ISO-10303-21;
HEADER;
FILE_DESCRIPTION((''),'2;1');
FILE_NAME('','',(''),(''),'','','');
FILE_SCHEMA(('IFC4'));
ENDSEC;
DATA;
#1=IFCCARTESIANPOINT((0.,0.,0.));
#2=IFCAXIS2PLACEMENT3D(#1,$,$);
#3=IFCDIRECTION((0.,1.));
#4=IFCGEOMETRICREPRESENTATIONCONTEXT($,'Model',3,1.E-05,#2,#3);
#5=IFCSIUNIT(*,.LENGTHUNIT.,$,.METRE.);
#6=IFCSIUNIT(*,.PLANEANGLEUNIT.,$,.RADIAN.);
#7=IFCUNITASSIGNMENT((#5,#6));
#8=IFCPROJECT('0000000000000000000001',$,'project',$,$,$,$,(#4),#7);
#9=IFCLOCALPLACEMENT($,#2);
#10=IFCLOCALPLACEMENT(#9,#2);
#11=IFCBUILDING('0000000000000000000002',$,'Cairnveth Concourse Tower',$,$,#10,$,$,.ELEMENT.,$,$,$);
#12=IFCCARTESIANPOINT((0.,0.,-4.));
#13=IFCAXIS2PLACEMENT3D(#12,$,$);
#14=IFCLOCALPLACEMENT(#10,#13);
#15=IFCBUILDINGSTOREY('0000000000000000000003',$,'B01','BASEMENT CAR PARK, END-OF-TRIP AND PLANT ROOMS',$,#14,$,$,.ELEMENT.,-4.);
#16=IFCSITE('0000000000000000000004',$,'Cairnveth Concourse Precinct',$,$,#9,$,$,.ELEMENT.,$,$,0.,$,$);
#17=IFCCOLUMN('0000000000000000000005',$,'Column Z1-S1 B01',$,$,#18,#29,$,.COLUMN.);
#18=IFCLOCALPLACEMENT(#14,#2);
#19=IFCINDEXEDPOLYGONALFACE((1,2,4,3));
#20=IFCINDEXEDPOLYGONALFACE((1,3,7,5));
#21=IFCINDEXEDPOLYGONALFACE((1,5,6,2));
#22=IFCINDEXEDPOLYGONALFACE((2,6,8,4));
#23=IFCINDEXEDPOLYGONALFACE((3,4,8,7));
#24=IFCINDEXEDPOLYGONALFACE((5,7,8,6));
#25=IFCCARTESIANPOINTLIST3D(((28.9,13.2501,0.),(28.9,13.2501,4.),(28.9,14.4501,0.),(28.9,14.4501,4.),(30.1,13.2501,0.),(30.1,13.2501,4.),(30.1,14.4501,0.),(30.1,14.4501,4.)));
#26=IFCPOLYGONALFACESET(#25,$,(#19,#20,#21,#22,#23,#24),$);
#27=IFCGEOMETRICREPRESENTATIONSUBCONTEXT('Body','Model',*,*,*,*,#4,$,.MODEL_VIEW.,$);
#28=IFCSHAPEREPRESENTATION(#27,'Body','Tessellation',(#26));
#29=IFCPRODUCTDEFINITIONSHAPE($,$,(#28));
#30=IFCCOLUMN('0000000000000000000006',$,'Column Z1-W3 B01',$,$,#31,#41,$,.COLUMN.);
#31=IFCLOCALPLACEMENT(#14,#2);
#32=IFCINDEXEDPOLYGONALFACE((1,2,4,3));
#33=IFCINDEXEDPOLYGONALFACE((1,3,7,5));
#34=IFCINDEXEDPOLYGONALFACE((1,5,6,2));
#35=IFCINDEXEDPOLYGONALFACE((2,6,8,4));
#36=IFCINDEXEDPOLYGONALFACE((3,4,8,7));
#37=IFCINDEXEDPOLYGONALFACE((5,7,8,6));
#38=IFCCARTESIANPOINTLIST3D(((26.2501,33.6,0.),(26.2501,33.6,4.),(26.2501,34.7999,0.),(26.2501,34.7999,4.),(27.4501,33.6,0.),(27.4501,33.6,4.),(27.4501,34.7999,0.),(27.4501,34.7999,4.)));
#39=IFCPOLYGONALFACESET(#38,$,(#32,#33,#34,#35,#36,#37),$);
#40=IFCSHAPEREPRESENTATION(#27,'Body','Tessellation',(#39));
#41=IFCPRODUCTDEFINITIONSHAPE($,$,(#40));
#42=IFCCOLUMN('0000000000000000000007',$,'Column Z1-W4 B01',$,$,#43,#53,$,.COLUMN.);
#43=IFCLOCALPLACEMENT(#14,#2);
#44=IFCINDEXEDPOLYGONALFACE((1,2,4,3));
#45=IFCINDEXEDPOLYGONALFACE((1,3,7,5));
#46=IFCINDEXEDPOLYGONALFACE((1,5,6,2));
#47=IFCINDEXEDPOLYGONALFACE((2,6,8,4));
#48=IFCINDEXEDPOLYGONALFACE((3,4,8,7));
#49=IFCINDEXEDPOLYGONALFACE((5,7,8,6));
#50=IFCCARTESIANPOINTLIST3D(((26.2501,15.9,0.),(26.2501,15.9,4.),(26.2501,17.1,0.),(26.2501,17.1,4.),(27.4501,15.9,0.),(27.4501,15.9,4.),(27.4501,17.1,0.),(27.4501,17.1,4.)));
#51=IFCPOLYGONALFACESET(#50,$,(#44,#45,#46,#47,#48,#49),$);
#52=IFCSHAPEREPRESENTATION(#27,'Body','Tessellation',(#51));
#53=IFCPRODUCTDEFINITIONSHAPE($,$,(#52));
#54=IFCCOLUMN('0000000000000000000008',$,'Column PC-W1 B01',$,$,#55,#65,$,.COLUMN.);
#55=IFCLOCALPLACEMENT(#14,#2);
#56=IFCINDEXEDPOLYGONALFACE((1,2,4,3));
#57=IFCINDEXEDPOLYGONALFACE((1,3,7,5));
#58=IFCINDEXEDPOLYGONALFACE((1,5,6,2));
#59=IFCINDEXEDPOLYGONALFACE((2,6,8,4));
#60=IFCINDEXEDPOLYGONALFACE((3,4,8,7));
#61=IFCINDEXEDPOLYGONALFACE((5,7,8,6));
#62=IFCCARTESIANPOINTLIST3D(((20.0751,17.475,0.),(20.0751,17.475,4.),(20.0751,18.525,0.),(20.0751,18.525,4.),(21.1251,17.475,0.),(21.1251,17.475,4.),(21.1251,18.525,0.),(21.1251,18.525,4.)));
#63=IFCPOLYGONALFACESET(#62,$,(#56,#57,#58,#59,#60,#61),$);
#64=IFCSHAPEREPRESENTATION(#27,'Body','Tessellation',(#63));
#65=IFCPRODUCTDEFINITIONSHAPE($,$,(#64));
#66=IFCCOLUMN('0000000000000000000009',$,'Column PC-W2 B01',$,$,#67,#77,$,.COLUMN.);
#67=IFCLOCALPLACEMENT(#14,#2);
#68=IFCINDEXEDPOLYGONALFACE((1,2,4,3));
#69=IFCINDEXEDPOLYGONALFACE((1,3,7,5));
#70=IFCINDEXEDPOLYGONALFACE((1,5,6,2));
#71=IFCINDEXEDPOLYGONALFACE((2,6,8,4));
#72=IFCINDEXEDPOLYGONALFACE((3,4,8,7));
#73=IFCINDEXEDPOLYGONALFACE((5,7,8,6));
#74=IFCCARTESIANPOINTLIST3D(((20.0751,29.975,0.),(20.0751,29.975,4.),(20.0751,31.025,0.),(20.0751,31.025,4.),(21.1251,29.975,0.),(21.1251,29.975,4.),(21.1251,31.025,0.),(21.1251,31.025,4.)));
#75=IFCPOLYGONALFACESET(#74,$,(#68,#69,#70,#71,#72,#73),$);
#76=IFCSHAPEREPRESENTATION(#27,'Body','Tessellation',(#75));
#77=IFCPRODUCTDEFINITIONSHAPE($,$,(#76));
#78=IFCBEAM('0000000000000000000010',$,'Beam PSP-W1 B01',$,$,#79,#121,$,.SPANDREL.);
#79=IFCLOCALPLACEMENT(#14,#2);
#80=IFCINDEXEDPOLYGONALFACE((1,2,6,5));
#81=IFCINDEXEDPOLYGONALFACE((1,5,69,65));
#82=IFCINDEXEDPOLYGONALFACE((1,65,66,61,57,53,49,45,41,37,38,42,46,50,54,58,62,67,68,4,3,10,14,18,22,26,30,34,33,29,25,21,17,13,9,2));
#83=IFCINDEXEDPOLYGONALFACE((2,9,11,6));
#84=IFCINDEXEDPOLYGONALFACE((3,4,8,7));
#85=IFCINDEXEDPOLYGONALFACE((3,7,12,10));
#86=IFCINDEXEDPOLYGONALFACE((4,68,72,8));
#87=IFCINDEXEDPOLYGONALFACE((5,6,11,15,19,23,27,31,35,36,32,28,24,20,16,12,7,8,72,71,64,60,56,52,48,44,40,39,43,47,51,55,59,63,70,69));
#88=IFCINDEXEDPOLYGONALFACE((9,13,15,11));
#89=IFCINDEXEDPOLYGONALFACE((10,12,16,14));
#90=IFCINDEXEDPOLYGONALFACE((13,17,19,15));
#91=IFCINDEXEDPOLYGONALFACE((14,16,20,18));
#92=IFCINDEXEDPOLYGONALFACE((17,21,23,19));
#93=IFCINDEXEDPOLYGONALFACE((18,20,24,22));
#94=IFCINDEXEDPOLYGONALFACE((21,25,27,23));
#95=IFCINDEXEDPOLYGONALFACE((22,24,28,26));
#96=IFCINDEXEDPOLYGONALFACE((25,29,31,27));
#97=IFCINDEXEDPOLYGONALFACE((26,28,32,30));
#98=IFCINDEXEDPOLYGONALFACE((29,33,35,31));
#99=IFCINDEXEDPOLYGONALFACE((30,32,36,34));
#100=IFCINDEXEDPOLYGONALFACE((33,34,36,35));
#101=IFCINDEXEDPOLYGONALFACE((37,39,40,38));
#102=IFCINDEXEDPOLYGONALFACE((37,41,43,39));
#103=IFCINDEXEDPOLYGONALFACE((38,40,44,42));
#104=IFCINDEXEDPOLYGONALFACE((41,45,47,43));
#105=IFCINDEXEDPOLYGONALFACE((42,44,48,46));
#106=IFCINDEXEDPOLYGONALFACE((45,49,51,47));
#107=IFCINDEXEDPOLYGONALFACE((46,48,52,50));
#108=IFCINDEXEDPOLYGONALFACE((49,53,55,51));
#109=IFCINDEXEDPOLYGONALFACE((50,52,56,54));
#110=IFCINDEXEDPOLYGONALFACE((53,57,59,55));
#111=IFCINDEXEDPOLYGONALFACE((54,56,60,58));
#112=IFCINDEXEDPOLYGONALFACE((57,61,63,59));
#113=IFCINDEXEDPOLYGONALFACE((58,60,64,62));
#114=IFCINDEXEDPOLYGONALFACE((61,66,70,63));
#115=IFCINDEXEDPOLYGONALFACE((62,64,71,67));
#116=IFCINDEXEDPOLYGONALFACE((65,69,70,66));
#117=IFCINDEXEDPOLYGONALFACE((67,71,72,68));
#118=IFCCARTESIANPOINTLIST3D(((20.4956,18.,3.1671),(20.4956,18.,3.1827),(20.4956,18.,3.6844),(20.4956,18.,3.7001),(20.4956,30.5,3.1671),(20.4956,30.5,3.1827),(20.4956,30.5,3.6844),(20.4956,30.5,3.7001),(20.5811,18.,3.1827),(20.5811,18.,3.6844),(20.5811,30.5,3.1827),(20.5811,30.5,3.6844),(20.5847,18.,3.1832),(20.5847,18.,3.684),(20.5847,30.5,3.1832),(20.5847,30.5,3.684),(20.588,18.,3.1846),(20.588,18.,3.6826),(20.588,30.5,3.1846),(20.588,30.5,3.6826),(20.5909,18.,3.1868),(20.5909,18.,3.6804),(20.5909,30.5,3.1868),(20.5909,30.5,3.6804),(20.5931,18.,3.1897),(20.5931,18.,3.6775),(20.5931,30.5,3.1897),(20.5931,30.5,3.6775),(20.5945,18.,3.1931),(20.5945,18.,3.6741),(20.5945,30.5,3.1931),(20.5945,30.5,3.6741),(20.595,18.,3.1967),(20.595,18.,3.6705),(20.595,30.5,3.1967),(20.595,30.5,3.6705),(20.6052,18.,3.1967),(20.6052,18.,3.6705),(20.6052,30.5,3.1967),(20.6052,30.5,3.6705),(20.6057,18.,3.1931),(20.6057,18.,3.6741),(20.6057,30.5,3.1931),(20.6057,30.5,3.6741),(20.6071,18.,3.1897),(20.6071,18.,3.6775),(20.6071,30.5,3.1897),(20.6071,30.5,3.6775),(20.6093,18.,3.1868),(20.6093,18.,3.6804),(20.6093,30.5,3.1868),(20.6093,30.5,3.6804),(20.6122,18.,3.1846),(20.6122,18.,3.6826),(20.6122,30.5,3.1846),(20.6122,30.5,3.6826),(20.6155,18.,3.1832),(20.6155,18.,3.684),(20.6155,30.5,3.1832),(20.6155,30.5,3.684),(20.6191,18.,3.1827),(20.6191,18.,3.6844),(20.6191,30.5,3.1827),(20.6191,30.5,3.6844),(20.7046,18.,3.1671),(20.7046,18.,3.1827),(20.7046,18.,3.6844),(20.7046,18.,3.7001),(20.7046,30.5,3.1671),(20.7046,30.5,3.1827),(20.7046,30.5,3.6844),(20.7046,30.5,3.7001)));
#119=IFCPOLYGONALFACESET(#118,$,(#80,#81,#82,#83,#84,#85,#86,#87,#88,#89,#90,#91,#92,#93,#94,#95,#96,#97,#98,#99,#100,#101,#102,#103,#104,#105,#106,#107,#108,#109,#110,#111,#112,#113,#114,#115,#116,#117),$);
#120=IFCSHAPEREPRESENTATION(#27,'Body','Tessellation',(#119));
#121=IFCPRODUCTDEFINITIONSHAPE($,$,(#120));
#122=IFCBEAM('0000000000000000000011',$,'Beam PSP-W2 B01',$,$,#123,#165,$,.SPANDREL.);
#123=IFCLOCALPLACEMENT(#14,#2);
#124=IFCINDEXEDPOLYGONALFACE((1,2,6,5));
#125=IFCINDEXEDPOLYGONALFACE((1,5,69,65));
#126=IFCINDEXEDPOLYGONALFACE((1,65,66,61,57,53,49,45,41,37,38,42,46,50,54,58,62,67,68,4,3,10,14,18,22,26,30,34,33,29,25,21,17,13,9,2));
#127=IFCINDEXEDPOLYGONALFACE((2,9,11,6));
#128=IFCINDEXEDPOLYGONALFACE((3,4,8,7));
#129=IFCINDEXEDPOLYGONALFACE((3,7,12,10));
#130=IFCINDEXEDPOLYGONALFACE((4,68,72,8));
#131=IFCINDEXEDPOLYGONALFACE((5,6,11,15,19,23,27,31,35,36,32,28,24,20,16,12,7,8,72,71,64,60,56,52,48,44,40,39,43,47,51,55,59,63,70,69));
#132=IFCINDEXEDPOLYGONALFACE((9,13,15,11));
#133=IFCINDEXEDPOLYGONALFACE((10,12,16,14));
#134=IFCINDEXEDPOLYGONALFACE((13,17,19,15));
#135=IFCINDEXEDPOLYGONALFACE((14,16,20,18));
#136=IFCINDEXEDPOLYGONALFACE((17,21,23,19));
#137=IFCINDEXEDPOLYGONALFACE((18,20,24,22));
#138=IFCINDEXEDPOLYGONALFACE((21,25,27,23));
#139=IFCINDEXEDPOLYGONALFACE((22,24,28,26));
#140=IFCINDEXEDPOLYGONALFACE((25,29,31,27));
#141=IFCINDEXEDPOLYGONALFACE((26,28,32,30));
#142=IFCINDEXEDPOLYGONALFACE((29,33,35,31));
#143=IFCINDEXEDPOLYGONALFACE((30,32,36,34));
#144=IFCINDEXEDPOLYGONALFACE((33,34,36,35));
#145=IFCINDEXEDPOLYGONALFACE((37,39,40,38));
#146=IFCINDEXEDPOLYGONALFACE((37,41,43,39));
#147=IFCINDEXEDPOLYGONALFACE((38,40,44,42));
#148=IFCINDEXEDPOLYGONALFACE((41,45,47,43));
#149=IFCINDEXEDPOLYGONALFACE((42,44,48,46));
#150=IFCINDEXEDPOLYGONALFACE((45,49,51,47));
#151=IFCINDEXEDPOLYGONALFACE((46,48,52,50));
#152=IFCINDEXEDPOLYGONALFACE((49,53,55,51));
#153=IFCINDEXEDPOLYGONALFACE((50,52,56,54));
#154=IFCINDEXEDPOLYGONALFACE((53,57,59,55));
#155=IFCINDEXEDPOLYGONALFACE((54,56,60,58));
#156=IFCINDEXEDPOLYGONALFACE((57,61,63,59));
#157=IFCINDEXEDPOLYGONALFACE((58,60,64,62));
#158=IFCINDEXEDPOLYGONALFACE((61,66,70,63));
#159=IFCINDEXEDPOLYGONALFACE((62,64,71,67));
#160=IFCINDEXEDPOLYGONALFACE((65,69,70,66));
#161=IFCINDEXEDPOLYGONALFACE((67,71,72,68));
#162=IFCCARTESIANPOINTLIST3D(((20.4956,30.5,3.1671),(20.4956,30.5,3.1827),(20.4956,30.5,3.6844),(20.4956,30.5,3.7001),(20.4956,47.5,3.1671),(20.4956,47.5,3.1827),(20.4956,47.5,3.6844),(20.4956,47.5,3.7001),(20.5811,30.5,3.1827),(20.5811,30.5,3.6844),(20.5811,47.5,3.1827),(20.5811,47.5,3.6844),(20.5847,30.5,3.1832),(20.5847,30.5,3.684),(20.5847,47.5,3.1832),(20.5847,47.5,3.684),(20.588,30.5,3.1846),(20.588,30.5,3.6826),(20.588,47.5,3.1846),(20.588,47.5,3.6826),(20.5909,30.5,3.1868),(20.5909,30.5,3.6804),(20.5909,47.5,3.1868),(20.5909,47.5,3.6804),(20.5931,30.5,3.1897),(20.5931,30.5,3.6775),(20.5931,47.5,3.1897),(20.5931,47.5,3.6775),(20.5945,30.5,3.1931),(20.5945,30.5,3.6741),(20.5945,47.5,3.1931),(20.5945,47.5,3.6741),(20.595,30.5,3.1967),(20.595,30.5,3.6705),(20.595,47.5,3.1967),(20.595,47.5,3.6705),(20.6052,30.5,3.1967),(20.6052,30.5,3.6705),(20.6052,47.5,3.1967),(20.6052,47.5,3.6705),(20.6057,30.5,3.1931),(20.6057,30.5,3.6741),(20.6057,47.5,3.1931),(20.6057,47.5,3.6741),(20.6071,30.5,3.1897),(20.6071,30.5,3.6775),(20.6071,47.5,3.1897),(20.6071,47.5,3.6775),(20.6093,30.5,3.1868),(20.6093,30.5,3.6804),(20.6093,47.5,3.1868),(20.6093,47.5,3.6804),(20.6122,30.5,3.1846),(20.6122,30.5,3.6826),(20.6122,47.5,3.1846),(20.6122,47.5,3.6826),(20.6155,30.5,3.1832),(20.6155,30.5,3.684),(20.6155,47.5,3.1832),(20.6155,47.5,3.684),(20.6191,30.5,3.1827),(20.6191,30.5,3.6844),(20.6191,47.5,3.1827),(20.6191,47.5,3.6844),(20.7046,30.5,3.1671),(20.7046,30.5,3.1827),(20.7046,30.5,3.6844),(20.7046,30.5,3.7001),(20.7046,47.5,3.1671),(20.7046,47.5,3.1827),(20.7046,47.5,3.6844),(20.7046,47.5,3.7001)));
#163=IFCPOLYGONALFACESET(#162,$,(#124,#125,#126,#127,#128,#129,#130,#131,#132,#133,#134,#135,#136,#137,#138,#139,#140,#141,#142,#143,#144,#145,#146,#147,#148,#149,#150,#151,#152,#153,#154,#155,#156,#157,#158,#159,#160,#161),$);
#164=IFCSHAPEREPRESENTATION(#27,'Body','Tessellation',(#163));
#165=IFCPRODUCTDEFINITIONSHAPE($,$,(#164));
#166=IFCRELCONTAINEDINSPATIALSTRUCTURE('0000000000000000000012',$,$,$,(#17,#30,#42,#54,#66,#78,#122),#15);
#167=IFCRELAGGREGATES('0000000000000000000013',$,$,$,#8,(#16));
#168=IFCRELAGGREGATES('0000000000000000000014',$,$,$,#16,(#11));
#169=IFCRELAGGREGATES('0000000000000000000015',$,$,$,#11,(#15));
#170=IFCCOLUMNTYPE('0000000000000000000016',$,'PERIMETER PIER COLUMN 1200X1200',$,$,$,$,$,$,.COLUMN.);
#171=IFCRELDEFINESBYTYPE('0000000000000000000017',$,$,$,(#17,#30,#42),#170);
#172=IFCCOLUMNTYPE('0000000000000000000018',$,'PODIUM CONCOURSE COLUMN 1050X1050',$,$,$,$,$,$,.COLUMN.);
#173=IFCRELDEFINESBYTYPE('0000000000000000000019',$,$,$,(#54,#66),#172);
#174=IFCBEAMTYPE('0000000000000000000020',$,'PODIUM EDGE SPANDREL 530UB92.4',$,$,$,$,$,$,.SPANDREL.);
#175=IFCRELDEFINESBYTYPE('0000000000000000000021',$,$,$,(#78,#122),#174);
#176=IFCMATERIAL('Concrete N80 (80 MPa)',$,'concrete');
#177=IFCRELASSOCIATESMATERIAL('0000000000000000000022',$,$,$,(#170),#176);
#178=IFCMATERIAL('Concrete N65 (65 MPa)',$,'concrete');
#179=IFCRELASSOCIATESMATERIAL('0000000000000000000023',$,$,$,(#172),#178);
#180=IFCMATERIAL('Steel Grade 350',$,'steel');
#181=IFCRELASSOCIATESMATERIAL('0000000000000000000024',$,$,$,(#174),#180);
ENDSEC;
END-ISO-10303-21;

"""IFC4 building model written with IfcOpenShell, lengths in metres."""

from ifc_helpers import new_model, si_unit, direction, frame, origin, origin_2d, place, context, subcontext, project, spatial, rectangle, i_section, extrude, material, material_profile, profile_set, type_object, element, save


model = new_model("IFC4")

# Units and contexts
model_context = context("Model", 3, precision=1e-05, world=origin(), true_north=direction((0.0, 1.0)))
body_context = subcontext(model_context, "Body", "Model", "MODEL_VIEW")
ifc_project = project(units=[si_unit("LENGTHUNIT", "METRE"), si_unit("PLANEANGLEUNIT", "RADIAN")], contexts=[model_context])

# Site, building, storey
site_placement = place(None, origin())
site = spatial("IfcSite", under=ifc_project, at=site_placement, Name="Cairnveth Concourse Precinct", CompositionType="ELEMENT", RefElevation=0.0)
building_placement = place(site_placement, origin())
building = spatial("IfcBuilding", under=site, at=building_placement, Name="Cairnveth Concourse Tower", CompositionType="ELEMENT")
storey_placement = place(building_placement, frame((0.0, 0.0, -4.0)))
storey = spatial("IfcBuildingStorey", under=building, at=storey_placement, Name="B01", Description="BASEMENT CAR PARK, END-OF-TRIP AND PLANT ROOMS", CompositionType="ELEMENT", Elevation=-4.0)

# Columns
ifc_material_1 = material(Name="Concrete N80 (80 MPa)", Category="concrete")
ifc_material_profile_1 = material_profile(ifc_material_1, rectangle(XDim=1.2, YDim=1.2, at=origin_2d()), Name="RC-COL-1200x1200")
ifc_profile_set_1 = profile_set([ifc_material_profile_1], Name="Concrete N80 (80 MPa)")
column_type_1 = type_object("IfcColumnType", Name="PERIMETER PIER COLUMN 1200X1200", PredefinedType="COLUMN", material=ifc_profile_set_1)
for number, where, z_axis, x_axis, name in (
    (1, (29.5, 13.8501, 0.0), (0.0, 0.0, 1.0), (1.0, 0.0, 0.0), "Column Z1-S1 B01"),
    (2, (26.8501, 34.2, 0.0), (0.0, 0.0, 1.0), (1.0, 0.0, 0.0), "Column Z1-W3 B01"),
    (3, (26.8501, 16.5, 0.0), (0.0, 0.0, 1.0), (1.0, 0.0, 0.0), "Column Z1-W4 B01"),
):
    element("IfcColumn", number, at=place(storey_placement, frame(where, z_axis=z_axis, x_axis=x_axis)), inside=storey, type_object=column_type_1, Name=name, PredefinedType="COLUMN", context=body_context, shape_type="SweptSolid", body=[
        extrude(rectangle(XDim=1.2, YDim=1.2, at=origin_2d()), origin(), (0.0, 0.0, 1.0), 4.0),
    ])
ifc_material_2 = material(Name="Concrete N65 (65 MPa)", Category="concrete")
ifc_material_profile_2 = material_profile(ifc_material_2, rectangle(XDim=1.05, YDim=1.05, at=origin_2d()), Name="RC-COL-1050x1050")
ifc_profile_set_2 = profile_set([ifc_material_profile_2], Name="Concrete N65 (65 MPa)")
column_type_2 = type_object("IfcColumnType", Name="PODIUM CONCOURSE COLUMN 1050X1050", PredefinedType="COLUMN", material=ifc_profile_set_2)
for number, where, z_axis, x_axis, name in (
    (4, (20.6001, 18.0, 0.0), (0.0, 0.0, 1.0), (1.0, 0.0, 0.0), "Column PC-W1 B01"),
    (5, (20.6001, 30.5, 0.0), (0.0, 0.0, 1.0), (1.0, 0.0, 0.0), "Column PC-W2 B01"),
):
    element("IfcColumn", number, at=place(storey_placement, frame(where, z_axis=z_axis, x_axis=x_axis)), inside=storey, type_object=column_type_2, Name=name, PredefinedType="COLUMN", context=body_context, shape_type="SweptSolid", body=[
        extrude(rectangle(XDim=1.05, YDim=1.05, at=origin_2d()), origin(), (0.0, 0.0, 1.0), 4.0),
    ])

# Beams
ifc_material_3 = material(Name="Steel Grade 350", Category="steel")
ifc_material_profile_3 = material_profile(ifc_material_3, i_section(OverallWidth=0.209, OverallDepth=0.533, WebThickness=0.0103, FlangeThickness=0.0156, FilletRadius=0.0139, at=origin_2d()), Name="530UB92.4")
ifc_profile_set_3 = profile_set([ifc_material_profile_3], Name="Steel Grade 350")
beam_type_1 = type_object("IfcBeamType", Name="PODIUM EDGE SPANDREL 530UB92.4", PredefinedType="SPANDREL", material=ifc_profile_set_3)
beam_1_placement = place(storey_placement, frame((20.6001, 18.0, 3.4336), z_axis=(0.0, 1.0, 0.0), x_axis=(-1.0, 0.0, 0.0)))
element("IfcBeam", 6, at=beam_1_placement, inside=storey, type_object=beam_type_1, Name="Beam PSP-W1 B01", PredefinedType="SPANDREL", context=body_context, shape_type="SweptSolid", body=[
    extrude(i_section(OverallWidth=0.209, OverallDepth=0.533, WebThickness=0.0103, FlangeThickness=0.0156, FilletRadius=0.0139, at=origin_2d()), origin(), (0.0, 0.0, 1.0), 12.5),
])
beam_2_placement = place(storey_placement, frame((20.6001, 30.5, 3.4336), z_axis=(0.0, 1.0, 0.0), x_axis=(-1.0, 0.0, 0.0)))
element("IfcBeam", 7, at=beam_2_placement, inside=storey, type_object=beam_type_1, Name="Beam PSP-W2 B01", PredefinedType="SPANDREL", context=body_context, shape_type="SweptSolid", body=[
    extrude(i_section(OverallWidth=0.209, OverallDepth=0.533, WebThickness=0.0103, FlangeThickness=0.0156, FilletRadius=0.0139, at=origin_2d()), origin(), (0.0, 0.0, 1.0), 17.0),
])

save(model, "model.ifc")
